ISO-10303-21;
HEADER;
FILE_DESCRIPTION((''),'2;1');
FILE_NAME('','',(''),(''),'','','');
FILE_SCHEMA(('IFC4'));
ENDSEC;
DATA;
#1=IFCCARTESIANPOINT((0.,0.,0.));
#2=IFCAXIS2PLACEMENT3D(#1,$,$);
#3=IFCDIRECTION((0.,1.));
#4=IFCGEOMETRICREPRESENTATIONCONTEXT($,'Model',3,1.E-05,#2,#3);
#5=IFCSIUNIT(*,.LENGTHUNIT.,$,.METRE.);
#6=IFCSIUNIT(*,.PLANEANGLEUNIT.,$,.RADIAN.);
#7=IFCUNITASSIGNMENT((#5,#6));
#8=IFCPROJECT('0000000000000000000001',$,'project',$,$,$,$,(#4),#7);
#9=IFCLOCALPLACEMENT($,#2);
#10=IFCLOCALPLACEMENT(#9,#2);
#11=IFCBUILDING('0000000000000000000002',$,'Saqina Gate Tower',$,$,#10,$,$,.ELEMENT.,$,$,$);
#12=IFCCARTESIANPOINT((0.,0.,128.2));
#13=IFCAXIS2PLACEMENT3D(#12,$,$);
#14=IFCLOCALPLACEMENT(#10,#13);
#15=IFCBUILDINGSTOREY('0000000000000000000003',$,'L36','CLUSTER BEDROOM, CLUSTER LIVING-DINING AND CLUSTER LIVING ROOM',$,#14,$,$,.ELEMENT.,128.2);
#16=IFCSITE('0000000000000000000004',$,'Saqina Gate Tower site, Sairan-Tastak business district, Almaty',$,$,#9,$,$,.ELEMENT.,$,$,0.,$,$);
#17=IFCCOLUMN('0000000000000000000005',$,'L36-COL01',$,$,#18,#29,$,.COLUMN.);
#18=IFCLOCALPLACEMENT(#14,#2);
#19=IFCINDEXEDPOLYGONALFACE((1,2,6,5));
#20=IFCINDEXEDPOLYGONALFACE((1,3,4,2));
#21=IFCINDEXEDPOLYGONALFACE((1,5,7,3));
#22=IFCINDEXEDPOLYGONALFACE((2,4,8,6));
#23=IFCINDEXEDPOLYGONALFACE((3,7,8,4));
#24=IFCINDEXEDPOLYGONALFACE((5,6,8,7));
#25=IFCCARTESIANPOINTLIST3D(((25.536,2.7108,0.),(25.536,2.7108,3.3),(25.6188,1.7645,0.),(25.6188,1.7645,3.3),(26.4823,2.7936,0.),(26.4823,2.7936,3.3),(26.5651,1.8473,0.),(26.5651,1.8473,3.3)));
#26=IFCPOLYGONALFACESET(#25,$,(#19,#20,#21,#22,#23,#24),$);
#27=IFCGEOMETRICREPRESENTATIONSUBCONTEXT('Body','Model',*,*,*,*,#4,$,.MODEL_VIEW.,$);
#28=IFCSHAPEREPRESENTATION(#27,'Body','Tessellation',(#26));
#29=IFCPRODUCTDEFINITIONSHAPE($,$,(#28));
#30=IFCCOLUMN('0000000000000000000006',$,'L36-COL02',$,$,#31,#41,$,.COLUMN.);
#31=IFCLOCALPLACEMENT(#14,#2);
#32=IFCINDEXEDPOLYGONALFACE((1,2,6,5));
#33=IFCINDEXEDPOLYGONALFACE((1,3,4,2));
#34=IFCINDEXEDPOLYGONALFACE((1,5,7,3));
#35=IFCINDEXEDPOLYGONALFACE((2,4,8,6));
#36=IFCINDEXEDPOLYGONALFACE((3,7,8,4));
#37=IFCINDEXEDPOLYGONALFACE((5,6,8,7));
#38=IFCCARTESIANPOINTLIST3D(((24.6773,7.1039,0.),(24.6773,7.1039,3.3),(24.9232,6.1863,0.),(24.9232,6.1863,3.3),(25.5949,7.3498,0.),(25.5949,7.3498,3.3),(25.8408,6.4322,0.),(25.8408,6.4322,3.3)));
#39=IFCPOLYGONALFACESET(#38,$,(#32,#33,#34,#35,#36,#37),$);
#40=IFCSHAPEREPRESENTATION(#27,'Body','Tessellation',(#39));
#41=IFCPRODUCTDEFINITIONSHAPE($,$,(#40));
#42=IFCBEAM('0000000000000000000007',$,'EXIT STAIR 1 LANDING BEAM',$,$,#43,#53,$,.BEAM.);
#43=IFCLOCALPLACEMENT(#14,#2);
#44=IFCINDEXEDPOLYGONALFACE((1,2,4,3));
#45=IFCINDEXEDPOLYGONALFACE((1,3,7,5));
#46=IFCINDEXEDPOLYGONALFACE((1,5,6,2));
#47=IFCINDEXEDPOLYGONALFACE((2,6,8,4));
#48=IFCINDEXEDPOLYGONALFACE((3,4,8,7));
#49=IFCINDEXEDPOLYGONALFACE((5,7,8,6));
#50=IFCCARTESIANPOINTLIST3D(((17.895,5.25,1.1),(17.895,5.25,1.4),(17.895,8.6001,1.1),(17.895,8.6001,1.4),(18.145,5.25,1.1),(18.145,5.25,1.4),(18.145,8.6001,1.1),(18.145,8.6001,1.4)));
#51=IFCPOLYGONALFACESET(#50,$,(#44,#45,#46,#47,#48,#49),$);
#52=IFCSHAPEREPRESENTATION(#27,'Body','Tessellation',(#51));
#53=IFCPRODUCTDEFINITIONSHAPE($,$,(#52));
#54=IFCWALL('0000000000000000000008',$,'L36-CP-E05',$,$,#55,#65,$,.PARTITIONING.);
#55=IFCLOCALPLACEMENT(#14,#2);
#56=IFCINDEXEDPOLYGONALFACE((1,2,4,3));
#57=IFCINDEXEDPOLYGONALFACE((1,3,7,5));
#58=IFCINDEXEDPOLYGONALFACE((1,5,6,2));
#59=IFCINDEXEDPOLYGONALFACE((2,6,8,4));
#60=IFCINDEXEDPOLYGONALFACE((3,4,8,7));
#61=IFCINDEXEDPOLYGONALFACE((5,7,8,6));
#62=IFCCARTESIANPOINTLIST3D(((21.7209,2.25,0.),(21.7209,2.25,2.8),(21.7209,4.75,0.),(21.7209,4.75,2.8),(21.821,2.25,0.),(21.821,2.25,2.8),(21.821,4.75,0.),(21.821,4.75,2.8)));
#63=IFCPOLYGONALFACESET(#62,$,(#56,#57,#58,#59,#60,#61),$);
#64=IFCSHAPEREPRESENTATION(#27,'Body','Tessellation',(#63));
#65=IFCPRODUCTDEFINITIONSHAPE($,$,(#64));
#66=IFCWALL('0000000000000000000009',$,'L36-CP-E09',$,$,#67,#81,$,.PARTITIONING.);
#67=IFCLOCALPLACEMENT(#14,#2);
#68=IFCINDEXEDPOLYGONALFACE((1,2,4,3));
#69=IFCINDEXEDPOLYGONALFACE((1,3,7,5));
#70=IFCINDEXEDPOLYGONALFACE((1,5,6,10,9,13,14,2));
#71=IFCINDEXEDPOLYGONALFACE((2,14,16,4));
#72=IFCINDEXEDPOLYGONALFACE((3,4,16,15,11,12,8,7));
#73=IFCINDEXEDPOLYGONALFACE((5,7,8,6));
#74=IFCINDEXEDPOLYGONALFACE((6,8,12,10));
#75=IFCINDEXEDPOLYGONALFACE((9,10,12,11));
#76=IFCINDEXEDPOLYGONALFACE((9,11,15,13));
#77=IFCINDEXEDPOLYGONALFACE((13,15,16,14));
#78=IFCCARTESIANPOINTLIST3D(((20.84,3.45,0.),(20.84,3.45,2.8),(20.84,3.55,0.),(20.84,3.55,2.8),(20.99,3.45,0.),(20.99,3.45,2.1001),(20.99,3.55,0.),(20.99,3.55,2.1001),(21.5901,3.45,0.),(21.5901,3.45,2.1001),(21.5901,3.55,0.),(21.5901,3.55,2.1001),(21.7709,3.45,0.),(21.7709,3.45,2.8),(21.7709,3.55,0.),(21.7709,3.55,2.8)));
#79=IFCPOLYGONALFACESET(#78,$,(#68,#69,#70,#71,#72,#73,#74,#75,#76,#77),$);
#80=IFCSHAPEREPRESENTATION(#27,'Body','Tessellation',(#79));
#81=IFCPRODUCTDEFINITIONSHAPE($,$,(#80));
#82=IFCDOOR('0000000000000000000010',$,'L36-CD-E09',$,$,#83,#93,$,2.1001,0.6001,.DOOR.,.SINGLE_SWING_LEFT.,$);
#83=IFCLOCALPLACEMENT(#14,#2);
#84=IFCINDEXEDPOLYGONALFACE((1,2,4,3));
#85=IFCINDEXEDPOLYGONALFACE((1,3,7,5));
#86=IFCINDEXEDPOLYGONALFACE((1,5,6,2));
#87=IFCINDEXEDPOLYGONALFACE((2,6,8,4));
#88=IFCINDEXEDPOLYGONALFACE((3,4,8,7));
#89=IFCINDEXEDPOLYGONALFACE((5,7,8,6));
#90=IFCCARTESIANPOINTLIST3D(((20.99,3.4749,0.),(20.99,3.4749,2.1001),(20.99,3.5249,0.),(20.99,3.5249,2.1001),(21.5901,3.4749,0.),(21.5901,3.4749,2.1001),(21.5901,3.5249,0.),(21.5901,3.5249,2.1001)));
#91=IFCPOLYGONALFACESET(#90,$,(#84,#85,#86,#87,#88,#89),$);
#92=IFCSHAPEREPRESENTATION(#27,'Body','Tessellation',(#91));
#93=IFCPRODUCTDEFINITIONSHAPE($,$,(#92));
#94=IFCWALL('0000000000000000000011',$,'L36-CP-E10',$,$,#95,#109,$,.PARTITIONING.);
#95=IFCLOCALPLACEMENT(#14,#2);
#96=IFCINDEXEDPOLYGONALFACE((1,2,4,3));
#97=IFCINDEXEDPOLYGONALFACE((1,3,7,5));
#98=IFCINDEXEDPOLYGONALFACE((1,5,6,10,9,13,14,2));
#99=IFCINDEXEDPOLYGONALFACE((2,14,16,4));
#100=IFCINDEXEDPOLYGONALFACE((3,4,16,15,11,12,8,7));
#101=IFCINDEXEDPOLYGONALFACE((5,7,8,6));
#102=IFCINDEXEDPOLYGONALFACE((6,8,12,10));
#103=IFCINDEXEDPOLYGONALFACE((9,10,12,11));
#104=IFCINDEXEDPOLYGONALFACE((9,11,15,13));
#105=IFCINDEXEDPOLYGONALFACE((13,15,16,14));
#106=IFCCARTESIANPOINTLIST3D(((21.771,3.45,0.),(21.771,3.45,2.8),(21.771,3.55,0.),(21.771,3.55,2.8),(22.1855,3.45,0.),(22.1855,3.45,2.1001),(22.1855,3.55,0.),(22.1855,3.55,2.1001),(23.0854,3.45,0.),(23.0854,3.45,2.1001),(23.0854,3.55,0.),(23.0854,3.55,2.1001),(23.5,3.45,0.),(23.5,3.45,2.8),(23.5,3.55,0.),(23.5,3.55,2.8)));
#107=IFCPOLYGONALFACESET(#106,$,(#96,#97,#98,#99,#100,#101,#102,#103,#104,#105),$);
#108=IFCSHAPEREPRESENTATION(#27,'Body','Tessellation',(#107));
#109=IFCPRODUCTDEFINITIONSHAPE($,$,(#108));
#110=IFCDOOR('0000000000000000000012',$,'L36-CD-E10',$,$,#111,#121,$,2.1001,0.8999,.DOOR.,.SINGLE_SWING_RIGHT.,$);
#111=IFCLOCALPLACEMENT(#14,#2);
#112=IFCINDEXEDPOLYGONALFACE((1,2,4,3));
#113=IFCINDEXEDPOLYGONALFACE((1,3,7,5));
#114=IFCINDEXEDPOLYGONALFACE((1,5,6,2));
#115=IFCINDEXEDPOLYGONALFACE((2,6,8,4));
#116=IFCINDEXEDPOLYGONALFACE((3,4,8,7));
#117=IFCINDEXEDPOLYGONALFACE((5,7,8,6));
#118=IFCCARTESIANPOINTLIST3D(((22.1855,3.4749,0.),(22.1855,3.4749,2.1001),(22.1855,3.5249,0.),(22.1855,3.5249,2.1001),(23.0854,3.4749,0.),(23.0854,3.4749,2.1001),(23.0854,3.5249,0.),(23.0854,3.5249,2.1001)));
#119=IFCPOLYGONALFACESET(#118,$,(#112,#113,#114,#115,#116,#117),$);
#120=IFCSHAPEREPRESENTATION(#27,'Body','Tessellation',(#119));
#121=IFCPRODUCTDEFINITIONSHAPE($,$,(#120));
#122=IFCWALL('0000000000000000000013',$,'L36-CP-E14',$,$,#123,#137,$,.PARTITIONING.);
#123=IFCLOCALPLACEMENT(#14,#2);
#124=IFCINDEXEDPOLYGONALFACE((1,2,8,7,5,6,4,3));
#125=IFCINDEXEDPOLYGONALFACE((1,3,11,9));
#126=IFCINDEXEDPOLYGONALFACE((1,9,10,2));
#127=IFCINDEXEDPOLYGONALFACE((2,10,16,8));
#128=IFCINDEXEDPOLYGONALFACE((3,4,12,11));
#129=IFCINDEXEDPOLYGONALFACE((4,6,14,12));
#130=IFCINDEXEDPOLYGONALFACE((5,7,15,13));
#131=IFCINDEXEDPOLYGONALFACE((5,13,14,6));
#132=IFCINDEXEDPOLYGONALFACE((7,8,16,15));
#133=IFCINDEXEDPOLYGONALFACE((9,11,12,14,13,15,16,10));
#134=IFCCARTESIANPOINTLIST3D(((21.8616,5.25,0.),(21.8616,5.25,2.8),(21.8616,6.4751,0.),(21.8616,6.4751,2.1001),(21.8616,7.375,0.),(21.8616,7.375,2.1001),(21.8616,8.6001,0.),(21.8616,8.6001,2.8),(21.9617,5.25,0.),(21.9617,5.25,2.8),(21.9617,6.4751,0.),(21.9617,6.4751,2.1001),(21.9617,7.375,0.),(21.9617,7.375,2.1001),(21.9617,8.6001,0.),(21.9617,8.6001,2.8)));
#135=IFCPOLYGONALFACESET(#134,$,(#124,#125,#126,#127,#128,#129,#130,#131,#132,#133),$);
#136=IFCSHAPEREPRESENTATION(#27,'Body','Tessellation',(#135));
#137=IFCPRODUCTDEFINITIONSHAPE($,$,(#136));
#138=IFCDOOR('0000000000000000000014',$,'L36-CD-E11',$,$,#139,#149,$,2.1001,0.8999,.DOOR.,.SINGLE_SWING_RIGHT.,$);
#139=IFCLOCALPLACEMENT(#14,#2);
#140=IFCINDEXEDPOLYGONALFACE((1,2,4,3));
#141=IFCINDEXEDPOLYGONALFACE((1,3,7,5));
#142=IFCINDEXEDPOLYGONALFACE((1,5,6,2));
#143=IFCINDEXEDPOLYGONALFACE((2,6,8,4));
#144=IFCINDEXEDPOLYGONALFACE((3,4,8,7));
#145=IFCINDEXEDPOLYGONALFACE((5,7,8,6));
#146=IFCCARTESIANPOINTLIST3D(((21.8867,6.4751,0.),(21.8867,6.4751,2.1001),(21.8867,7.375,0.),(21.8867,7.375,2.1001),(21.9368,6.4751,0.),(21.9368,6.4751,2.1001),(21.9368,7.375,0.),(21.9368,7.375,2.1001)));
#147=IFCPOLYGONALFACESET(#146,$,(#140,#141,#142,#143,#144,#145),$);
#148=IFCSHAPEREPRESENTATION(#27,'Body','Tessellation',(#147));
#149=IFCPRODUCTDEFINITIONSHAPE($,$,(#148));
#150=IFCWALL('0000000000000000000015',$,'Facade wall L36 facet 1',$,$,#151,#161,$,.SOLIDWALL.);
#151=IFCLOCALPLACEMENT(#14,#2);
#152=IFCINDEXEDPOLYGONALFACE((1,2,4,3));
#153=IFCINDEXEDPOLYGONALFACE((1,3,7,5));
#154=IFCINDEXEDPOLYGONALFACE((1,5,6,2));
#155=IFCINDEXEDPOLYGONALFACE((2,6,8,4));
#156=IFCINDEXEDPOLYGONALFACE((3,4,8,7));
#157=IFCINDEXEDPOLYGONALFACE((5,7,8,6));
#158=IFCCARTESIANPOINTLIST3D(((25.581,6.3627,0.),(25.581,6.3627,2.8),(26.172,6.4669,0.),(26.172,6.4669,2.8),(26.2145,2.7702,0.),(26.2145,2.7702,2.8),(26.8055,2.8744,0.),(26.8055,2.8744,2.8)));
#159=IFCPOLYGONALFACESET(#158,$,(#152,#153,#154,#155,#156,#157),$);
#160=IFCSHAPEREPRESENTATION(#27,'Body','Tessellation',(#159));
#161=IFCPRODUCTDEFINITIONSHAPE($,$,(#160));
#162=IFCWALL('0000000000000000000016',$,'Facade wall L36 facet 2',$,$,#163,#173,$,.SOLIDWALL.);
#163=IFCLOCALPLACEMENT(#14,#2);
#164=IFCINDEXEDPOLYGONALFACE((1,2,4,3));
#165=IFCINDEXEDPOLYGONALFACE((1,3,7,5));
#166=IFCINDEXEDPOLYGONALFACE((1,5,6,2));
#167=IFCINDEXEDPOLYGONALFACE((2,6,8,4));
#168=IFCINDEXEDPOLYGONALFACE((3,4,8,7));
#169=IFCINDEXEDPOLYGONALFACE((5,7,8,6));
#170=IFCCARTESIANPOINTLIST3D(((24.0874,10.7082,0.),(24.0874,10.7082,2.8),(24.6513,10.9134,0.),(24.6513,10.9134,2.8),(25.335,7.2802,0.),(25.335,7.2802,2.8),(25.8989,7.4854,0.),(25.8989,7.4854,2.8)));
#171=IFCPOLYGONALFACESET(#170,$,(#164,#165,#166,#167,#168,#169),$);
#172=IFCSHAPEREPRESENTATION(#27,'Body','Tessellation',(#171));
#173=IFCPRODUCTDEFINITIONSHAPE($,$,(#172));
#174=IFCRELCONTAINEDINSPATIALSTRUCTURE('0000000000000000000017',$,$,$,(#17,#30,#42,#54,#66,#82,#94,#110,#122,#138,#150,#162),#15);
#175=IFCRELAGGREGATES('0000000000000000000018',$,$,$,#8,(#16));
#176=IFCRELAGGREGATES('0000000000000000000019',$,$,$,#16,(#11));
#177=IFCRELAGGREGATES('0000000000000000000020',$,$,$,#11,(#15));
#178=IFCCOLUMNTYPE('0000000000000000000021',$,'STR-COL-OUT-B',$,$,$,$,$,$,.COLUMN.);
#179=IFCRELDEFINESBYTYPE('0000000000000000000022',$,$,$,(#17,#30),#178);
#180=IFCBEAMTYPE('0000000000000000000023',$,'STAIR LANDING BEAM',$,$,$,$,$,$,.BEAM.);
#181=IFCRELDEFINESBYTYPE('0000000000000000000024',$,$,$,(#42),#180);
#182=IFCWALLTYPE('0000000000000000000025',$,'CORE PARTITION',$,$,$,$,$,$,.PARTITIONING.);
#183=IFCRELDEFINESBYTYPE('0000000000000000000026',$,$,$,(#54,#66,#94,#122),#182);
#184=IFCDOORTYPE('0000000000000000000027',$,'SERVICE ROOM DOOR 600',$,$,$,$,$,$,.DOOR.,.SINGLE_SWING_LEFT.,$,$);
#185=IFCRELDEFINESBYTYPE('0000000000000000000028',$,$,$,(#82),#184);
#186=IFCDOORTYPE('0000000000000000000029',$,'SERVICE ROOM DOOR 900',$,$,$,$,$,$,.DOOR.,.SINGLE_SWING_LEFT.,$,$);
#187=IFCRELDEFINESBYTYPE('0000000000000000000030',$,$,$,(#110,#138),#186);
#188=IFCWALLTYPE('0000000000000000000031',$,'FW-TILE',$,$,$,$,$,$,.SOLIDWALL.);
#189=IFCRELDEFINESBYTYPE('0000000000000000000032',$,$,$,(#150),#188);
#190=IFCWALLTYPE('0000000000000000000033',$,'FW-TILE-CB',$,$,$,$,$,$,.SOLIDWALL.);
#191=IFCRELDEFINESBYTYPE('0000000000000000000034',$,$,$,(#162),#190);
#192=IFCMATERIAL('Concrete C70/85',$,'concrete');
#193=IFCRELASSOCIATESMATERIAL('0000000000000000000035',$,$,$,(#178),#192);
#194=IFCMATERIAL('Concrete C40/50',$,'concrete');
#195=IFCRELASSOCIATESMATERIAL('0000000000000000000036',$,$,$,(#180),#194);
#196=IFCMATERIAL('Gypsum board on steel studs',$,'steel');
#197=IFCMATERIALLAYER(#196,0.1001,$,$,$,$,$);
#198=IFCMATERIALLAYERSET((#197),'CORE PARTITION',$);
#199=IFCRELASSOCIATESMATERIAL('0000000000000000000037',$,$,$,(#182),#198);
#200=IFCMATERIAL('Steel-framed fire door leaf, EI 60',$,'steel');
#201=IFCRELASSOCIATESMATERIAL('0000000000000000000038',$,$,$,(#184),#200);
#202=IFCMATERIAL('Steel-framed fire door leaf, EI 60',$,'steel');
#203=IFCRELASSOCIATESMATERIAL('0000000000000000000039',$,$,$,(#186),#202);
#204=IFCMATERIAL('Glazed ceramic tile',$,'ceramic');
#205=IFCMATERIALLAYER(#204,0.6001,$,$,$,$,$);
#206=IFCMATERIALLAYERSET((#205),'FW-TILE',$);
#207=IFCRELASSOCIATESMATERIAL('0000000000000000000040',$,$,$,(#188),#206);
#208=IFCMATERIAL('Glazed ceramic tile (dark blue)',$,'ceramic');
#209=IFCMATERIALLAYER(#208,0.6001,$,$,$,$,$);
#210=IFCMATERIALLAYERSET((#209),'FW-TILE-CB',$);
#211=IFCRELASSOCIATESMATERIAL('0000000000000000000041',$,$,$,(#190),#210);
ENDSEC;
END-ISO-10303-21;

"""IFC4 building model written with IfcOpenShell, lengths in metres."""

from ifc_helpers import new_model, si_unit, direction, frame, frame_2d, origin, origin_2d, place, context, subcontext, project, spatial, rectangle, extrude, material, layer, layer_set, material_profile, profile_set, type_object, element, fill, save


model = new_model("IFC4")

# Units and contexts
model_context = context("Model", 3, precision=1e-05, world=origin(), true_north=direction((0.0, 1.0)))
body_context = subcontext(model_context, "Body", "Model", "MODEL_VIEW")
ifc_project = project(units=[si_unit("LENGTHUNIT", "METRE"), si_unit("PLANEANGLEUNIT", "RADIAN")], contexts=[model_context])

# Site, building, storey
site_placement = place(None, origin())
site = spatial("IfcSite", under=ifc_project, at=site_placement, Name="Saqina Gate Tower site, Sairan-Tastak business district, Almaty", CompositionType="ELEMENT", RefElevation=0.0)
building_placement = place(site_placement, origin())
building = spatial("IfcBuilding", under=site, at=building_placement, Name="Saqina Gate Tower", CompositionType="ELEMENT")
storey_placement = place(building_placement, frame((0.0, 0.0, 128.2)))
storey = spatial("IfcBuildingStorey", under=building, at=storey_placement, Name="L36", Description="CLUSTER BEDROOM, CLUSTER LIVING-DINING AND CLUSTER LIVING ROOM", CompositionType="ELEMENT", Elevation=128.2)

# Columns
ifc_material_1 = material(Name="Concrete C70/85", Category="concrete")
ifc_material_profile_1 = material_profile(ifc_material_1, rectangle(XDim=0.95, YDim=0.95, at=origin_2d()), Name="RC 950x950")
ifc_profile_set_1 = profile_set([ifc_material_profile_1], Name="Concrete C70/85")
column_type = type_object("IfcColumnType", Name="STR-COL-OUT-B", PredefinedType="COLUMN", material=ifc_profile_set_1)
for number, where, z_axis, x_axis, name in (
    (1, (26.0505, 2.2791, 0.0), (0.0, 0.0, 1.0), (0.996195, 0.087156, 0.0), "L36-COL01"),
    (2, (25.259, 6.7681, 0.0), (0.0, 0.0, 1.0), (0.965926, 0.258819, 0.0), "L36-COL02"),
):
    element("IfcColumn", number, at=place(storey_placement, frame(where, z_axis=z_axis, x_axis=x_axis)), inside=storey, type_object=column_type, Name=name, PredefinedType="COLUMN", context=body_context, shape_type="SweptSolid", body=[
        extrude(rectangle(XDim=0.95, YDim=0.95, at=origin_2d()), origin(), (0.0, 0.0, 1.0), 3.3),
    ])

# Beam
ifc_material_2 = material(Name="Concrete C40/50", Category="concrete")
ifc_material_profile_2 = material_profile(ifc_material_2, rectangle(XDim=0.25, YDim=0.3, at=origin_2d()), Name="STAIR LANDING BEAM")
ifc_profile_set_2 = profile_set([ifc_material_profile_2], Name="Concrete C40/50")
beam_type = type_object("IfcBeamType", Name="STAIR LANDING BEAM", PredefinedType="BEAM", material=ifc_profile_set_2)
beam_placement = place(storey_placement, frame((18.02, 5.25, 1.25), z_axis=(0.0, 1.0, 0.0), x_axis=(-1.0, 0.0, 0.0)))
element("IfcBeam", 3, at=beam_placement, inside=storey, type_object=beam_type, Name="EXIT STAIR 1 LANDING BEAM", PredefinedType="BEAM", context=body_context, shape_type="SweptSolid", body=[
    extrude(rectangle(XDim=0.25, YDim=0.3, at=origin_2d()), origin(), (0.0, 0.0, 1.0), 3.3501),
])

# Wall
ifc_material_3 = material(Name="Gypsum board on steel studs", Category="steel")
ifc_layer_1 = layer(ifc_material_3, 0.1001)
ifc_layer_set_1 = layer_set([ifc_layer_1], Name="CORE PARTITION")
wall_type_1 = type_object("IfcWallType", Name="CORE PARTITION", PredefinedType="PARTITIONING", material=ifc_layer_set_1)
wall_1_placement = place(storey_placement, frame((21.771, 2.25, 0.0), z_axis=(0.0, 0.0, 1.0), x_axis=(0.0, 1.0, 0.0)))
element("IfcWall", 4, at=wall_1_placement, inside=storey, type_object=wall_type_1, Name="L36-CP-E05", PredefinedType="PARTITIONING", context=body_context, shape_type="SweptSolid", body=[
    extrude(rectangle(XDim=2.5, YDim=0.1001, at=frame_2d((1.25, 0.0))), origin(), (0.0, 0.0, 1.0), 2.8),
])

# Walls, openings, doors
wall_2_placement = place(storey_placement, frame((20.8401, 3.5, 0.0), z_axis=(0.0, 0.0, 1.0), x_axis=(1.0, 0.0, 0.0)))
wall_2 = element("IfcWall", 5, at=wall_2_placement, inside=storey, type_object=wall_type_1, Name="L36-CP-E09", PredefinedType="PARTITIONING", context=body_context, shape_type="SweptSolid", body=[
    extrude(rectangle(XDim=0.9309, YDim=0.1001, at=frame_2d((0.4653, 0.0))), origin(), (0.0, 0.0, 1.0), 2.8),
])
opening_1_placement = place(wall_2_placement, frame((0.1499, 0.0, 0.0)))
opening_1 = element("IfcOpeningElement", 6, at=opening_1_placement, cuts=wall_2, PredefinedType="OPENING", context=body_context, shape_type="SweptSolid", body=[
    extrude(rectangle(XDim=0.6001, YDim=2.1001, at=frame_2d((0.3, 1.05))), frame((0.0, 0.062, 0.0), z_axis=(0.0, -1.0, 0.0), x_axis=(1.0, 0.0, 0.0)), (0.0, 0.0, 1.0), 0.124),
])
ifc_material_4 = material(Name="Steel-framed fire door leaf, EI 60", Category="steel")
door_type_1 = type_object("IfcDoorType", Name="SERVICE ROOM DOOR 600", OperationType="SINGLE_SWING_LEFT", PredefinedType="DOOR", material=ifc_material_4)
door_1_placement = place(opening_1_placement, origin())
door_1 = element("IfcDoor", 7, at=door_1_placement, inside=storey, type_object=door_type_1, Name="L36-CD-E09", OperationType="SINGLE_SWING_LEFT", OverallHeight=2.1001, OverallWidth=0.6001, PredefinedType="DOOR", context=body_context, shape_type="SweptSolid", body=[
    extrude(rectangle(XDim=0.6001, YDim=2.1001, at=frame_2d((0.3, 1.05))), frame((0.0, 0.0249, 0.0), z_axis=(0.0, -1.0, 0.0), x_axis=(1.0, 0.0, 0.0)), (0.0, 0.0, 1.0), 0.05),
])
fill(opening_1, door_1)
wall_3_placement = place(storey_placement, frame((21.771, 3.5, 0.0), z_axis=(0.0, 0.0, 1.0), x_axis=(1.0, 0.0, 0.0)))
wall_3 = element("IfcWall", 8, at=wall_3_placement, inside=storey, type_object=wall_type_1, Name="L36-CP-E10", PredefinedType="PARTITIONING", context=body_context, shape_type="SweptSolid", body=[
    extrude(rectangle(XDim=1.729, YDim=0.1001, at=frame_2d((0.8645, 0.0))), origin(), (0.0, 0.0, 1.0), 2.8),
])
opening_2_placement = place(wall_3_placement, frame((0.4146, 0.0, 0.0)))
opening_2 = element("IfcOpeningElement", 9, at=opening_2_placement, cuts=wall_3, PredefinedType="OPENING", context=body_context, shape_type="SweptSolid", body=[
    extrude(rectangle(XDim=0.8999, YDim=2.1001, at=frame_2d((0.45, 1.05))), frame((0.0, 0.062, 0.0), z_axis=(0.0, -1.0, 0.0), x_axis=(1.0, 0.0, 0.0)), (0.0, 0.0, 1.0), 0.124),
])
ifc_material_5 = material(Name="Steel-framed fire door leaf, EI 60", Category="steel")
door_type_2 = type_object("IfcDoorType", Name="SERVICE ROOM DOOR 900", OperationType="SINGLE_SWING_LEFT", PredefinedType="DOOR", material=ifc_material_5)
door_2_placement = place(opening_2_placement, origin())
door_2 = element("IfcDoor", 10, at=door_2_placement, inside=storey, type_object=door_type_2, Name="L36-CD-E10", OperationType="SINGLE_SWING_RIGHT", OverallHeight=2.1001, OverallWidth=0.8999, PredefinedType="DOOR", context=body_context, shape_type="SweptSolid", body=[
    extrude(rectangle(XDim=0.8999, YDim=2.1001, at=frame_2d((0.45, 1.05))), frame((0.0, 0.0249, 0.0), z_axis=(0.0, -1.0, 0.0), x_axis=(1.0, 0.0, 0.0)), (0.0, 0.0, 1.0), 0.05),
])
fill(opening_2, door_2)
wall_4_placement = place(storey_placement, frame((21.9116, 5.25, 0.0), z_axis=(0.0, 0.0, 1.0), x_axis=(0.0, 1.0, 0.0)))
wall_4 = element("IfcWall", 11, at=wall_4_placement, inside=storey, type_object=wall_type_1, Name="L36-CP-E14", PredefinedType="PARTITIONING", context=body_context, shape_type="SweptSolid", body=[
    extrude(rectangle(XDim=3.3501, YDim=0.1001, at=frame_2d((1.675, 0.0))), origin(), (0.0, 0.0, 1.0), 2.8),
])
opening_3_placement = place(wall_4_placement, frame((1.2251, 0.0, 0.0)))
opening_3 = element("IfcOpeningElement", 12, at=opening_3_placement, cuts=wall_4, PredefinedType="OPENING", context=body_context, shape_type="SweptSolid", body=[
    extrude(rectangle(XDim=0.8999, YDim=2.1001, at=frame_2d((0.45, 1.05))), frame((0.0, 0.062, 0.0), z_axis=(0.0, -1.0, 0.0), x_axis=(1.0, 0.0, 0.0)), (0.0, 0.0, 1.0), 0.124),
])
door_3_placement = place(opening_3_placement, origin())
door_3 = element("IfcDoor", 13, at=door_3_placement, inside=storey, type_object=door_type_2, Name="L36-CD-E11", OperationType="SINGLE_SWING_RIGHT", OverallHeight=2.1001, OverallWidth=0.8999, PredefinedType="DOOR", context=body_context, shape_type="SweptSolid", body=[
    extrude(rectangle(XDim=0.8999, YDim=2.1001, at=frame_2d((0.45, 1.05))), frame((0.0, 0.0249, 0.0), z_axis=(0.0, -1.0, 0.0), x_axis=(1.0, 0.0, 0.0)), (0.0, 0.0, 1.0), 0.05),
])
fill(opening_3, door_3)

# Walls
ifc_material_6 = material(Name="Glazed ceramic tile", Category="ceramic")
ifc_layer_2 = layer(ifc_material_6, 0.6001)
ifc_layer_set_2 = layer_set([ifc_layer_2], Name="FW-TILE")
wall_type_2 = type_object("IfcWallType", Name="FW-TILE", PredefinedType="SOLIDWALL", material=ifc_layer_set_2)
wall_5_placement = place(storey_placement, frame((26.51, 2.8223, 0.0), z_axis=(0.0, 0.0, 1.0), x_axis=(-0.173671, 0.984804, 0.0)))
element("IfcWall", 14, at=wall_5_placement, inside=storey, type_object=wall_type_2, Name="Facade wall L36 facet 1", PredefinedType="SOLIDWALL", context=body_context, shape_type="SweptSolid", body=[
    extrude(rectangle(XDim=3.6479, YDim=0.6001, at=frame_2d((1.824, 0.0))), origin(), (0.0, 0.0, 1.0), 2.8),
])
ifc_material_7 = material(Name="Glazed ceramic tile (dark blue)", Category="ceramic")
ifc_layer_3 = layer(ifc_material_7, 0.6001)
ifc_layer_set_3 = layer_set([ifc_layer_3], Name="FW-TILE-CB")
wall_type_3 = type_object("IfcWallType", Name="FW-TILE-CB", PredefinedType="SOLIDWALL", material=ifc_layer_set_3)
wall_6_placement = place(storey_placement, frame((25.6169, 7.3828, 0.0), z_axis=(0.0, 0.0, 1.0), x_axis=(-0.34199, 0.939704, 0.0)))
element("IfcWall", 15, at=wall_6_placement, inside=storey, type_object=wall_type_3, Name="Facade wall L36 facet 2", PredefinedType="SOLIDWALL", context=body_context, shape_type="SweptSolid", body=[
    extrude(rectangle(XDim=3.6479, YDim=0.6001, at=frame_2d((1.824, 0.0))), origin(), (0.0, 0.0, 1.0), 2.8),
])

save(model, "model.ifc")
